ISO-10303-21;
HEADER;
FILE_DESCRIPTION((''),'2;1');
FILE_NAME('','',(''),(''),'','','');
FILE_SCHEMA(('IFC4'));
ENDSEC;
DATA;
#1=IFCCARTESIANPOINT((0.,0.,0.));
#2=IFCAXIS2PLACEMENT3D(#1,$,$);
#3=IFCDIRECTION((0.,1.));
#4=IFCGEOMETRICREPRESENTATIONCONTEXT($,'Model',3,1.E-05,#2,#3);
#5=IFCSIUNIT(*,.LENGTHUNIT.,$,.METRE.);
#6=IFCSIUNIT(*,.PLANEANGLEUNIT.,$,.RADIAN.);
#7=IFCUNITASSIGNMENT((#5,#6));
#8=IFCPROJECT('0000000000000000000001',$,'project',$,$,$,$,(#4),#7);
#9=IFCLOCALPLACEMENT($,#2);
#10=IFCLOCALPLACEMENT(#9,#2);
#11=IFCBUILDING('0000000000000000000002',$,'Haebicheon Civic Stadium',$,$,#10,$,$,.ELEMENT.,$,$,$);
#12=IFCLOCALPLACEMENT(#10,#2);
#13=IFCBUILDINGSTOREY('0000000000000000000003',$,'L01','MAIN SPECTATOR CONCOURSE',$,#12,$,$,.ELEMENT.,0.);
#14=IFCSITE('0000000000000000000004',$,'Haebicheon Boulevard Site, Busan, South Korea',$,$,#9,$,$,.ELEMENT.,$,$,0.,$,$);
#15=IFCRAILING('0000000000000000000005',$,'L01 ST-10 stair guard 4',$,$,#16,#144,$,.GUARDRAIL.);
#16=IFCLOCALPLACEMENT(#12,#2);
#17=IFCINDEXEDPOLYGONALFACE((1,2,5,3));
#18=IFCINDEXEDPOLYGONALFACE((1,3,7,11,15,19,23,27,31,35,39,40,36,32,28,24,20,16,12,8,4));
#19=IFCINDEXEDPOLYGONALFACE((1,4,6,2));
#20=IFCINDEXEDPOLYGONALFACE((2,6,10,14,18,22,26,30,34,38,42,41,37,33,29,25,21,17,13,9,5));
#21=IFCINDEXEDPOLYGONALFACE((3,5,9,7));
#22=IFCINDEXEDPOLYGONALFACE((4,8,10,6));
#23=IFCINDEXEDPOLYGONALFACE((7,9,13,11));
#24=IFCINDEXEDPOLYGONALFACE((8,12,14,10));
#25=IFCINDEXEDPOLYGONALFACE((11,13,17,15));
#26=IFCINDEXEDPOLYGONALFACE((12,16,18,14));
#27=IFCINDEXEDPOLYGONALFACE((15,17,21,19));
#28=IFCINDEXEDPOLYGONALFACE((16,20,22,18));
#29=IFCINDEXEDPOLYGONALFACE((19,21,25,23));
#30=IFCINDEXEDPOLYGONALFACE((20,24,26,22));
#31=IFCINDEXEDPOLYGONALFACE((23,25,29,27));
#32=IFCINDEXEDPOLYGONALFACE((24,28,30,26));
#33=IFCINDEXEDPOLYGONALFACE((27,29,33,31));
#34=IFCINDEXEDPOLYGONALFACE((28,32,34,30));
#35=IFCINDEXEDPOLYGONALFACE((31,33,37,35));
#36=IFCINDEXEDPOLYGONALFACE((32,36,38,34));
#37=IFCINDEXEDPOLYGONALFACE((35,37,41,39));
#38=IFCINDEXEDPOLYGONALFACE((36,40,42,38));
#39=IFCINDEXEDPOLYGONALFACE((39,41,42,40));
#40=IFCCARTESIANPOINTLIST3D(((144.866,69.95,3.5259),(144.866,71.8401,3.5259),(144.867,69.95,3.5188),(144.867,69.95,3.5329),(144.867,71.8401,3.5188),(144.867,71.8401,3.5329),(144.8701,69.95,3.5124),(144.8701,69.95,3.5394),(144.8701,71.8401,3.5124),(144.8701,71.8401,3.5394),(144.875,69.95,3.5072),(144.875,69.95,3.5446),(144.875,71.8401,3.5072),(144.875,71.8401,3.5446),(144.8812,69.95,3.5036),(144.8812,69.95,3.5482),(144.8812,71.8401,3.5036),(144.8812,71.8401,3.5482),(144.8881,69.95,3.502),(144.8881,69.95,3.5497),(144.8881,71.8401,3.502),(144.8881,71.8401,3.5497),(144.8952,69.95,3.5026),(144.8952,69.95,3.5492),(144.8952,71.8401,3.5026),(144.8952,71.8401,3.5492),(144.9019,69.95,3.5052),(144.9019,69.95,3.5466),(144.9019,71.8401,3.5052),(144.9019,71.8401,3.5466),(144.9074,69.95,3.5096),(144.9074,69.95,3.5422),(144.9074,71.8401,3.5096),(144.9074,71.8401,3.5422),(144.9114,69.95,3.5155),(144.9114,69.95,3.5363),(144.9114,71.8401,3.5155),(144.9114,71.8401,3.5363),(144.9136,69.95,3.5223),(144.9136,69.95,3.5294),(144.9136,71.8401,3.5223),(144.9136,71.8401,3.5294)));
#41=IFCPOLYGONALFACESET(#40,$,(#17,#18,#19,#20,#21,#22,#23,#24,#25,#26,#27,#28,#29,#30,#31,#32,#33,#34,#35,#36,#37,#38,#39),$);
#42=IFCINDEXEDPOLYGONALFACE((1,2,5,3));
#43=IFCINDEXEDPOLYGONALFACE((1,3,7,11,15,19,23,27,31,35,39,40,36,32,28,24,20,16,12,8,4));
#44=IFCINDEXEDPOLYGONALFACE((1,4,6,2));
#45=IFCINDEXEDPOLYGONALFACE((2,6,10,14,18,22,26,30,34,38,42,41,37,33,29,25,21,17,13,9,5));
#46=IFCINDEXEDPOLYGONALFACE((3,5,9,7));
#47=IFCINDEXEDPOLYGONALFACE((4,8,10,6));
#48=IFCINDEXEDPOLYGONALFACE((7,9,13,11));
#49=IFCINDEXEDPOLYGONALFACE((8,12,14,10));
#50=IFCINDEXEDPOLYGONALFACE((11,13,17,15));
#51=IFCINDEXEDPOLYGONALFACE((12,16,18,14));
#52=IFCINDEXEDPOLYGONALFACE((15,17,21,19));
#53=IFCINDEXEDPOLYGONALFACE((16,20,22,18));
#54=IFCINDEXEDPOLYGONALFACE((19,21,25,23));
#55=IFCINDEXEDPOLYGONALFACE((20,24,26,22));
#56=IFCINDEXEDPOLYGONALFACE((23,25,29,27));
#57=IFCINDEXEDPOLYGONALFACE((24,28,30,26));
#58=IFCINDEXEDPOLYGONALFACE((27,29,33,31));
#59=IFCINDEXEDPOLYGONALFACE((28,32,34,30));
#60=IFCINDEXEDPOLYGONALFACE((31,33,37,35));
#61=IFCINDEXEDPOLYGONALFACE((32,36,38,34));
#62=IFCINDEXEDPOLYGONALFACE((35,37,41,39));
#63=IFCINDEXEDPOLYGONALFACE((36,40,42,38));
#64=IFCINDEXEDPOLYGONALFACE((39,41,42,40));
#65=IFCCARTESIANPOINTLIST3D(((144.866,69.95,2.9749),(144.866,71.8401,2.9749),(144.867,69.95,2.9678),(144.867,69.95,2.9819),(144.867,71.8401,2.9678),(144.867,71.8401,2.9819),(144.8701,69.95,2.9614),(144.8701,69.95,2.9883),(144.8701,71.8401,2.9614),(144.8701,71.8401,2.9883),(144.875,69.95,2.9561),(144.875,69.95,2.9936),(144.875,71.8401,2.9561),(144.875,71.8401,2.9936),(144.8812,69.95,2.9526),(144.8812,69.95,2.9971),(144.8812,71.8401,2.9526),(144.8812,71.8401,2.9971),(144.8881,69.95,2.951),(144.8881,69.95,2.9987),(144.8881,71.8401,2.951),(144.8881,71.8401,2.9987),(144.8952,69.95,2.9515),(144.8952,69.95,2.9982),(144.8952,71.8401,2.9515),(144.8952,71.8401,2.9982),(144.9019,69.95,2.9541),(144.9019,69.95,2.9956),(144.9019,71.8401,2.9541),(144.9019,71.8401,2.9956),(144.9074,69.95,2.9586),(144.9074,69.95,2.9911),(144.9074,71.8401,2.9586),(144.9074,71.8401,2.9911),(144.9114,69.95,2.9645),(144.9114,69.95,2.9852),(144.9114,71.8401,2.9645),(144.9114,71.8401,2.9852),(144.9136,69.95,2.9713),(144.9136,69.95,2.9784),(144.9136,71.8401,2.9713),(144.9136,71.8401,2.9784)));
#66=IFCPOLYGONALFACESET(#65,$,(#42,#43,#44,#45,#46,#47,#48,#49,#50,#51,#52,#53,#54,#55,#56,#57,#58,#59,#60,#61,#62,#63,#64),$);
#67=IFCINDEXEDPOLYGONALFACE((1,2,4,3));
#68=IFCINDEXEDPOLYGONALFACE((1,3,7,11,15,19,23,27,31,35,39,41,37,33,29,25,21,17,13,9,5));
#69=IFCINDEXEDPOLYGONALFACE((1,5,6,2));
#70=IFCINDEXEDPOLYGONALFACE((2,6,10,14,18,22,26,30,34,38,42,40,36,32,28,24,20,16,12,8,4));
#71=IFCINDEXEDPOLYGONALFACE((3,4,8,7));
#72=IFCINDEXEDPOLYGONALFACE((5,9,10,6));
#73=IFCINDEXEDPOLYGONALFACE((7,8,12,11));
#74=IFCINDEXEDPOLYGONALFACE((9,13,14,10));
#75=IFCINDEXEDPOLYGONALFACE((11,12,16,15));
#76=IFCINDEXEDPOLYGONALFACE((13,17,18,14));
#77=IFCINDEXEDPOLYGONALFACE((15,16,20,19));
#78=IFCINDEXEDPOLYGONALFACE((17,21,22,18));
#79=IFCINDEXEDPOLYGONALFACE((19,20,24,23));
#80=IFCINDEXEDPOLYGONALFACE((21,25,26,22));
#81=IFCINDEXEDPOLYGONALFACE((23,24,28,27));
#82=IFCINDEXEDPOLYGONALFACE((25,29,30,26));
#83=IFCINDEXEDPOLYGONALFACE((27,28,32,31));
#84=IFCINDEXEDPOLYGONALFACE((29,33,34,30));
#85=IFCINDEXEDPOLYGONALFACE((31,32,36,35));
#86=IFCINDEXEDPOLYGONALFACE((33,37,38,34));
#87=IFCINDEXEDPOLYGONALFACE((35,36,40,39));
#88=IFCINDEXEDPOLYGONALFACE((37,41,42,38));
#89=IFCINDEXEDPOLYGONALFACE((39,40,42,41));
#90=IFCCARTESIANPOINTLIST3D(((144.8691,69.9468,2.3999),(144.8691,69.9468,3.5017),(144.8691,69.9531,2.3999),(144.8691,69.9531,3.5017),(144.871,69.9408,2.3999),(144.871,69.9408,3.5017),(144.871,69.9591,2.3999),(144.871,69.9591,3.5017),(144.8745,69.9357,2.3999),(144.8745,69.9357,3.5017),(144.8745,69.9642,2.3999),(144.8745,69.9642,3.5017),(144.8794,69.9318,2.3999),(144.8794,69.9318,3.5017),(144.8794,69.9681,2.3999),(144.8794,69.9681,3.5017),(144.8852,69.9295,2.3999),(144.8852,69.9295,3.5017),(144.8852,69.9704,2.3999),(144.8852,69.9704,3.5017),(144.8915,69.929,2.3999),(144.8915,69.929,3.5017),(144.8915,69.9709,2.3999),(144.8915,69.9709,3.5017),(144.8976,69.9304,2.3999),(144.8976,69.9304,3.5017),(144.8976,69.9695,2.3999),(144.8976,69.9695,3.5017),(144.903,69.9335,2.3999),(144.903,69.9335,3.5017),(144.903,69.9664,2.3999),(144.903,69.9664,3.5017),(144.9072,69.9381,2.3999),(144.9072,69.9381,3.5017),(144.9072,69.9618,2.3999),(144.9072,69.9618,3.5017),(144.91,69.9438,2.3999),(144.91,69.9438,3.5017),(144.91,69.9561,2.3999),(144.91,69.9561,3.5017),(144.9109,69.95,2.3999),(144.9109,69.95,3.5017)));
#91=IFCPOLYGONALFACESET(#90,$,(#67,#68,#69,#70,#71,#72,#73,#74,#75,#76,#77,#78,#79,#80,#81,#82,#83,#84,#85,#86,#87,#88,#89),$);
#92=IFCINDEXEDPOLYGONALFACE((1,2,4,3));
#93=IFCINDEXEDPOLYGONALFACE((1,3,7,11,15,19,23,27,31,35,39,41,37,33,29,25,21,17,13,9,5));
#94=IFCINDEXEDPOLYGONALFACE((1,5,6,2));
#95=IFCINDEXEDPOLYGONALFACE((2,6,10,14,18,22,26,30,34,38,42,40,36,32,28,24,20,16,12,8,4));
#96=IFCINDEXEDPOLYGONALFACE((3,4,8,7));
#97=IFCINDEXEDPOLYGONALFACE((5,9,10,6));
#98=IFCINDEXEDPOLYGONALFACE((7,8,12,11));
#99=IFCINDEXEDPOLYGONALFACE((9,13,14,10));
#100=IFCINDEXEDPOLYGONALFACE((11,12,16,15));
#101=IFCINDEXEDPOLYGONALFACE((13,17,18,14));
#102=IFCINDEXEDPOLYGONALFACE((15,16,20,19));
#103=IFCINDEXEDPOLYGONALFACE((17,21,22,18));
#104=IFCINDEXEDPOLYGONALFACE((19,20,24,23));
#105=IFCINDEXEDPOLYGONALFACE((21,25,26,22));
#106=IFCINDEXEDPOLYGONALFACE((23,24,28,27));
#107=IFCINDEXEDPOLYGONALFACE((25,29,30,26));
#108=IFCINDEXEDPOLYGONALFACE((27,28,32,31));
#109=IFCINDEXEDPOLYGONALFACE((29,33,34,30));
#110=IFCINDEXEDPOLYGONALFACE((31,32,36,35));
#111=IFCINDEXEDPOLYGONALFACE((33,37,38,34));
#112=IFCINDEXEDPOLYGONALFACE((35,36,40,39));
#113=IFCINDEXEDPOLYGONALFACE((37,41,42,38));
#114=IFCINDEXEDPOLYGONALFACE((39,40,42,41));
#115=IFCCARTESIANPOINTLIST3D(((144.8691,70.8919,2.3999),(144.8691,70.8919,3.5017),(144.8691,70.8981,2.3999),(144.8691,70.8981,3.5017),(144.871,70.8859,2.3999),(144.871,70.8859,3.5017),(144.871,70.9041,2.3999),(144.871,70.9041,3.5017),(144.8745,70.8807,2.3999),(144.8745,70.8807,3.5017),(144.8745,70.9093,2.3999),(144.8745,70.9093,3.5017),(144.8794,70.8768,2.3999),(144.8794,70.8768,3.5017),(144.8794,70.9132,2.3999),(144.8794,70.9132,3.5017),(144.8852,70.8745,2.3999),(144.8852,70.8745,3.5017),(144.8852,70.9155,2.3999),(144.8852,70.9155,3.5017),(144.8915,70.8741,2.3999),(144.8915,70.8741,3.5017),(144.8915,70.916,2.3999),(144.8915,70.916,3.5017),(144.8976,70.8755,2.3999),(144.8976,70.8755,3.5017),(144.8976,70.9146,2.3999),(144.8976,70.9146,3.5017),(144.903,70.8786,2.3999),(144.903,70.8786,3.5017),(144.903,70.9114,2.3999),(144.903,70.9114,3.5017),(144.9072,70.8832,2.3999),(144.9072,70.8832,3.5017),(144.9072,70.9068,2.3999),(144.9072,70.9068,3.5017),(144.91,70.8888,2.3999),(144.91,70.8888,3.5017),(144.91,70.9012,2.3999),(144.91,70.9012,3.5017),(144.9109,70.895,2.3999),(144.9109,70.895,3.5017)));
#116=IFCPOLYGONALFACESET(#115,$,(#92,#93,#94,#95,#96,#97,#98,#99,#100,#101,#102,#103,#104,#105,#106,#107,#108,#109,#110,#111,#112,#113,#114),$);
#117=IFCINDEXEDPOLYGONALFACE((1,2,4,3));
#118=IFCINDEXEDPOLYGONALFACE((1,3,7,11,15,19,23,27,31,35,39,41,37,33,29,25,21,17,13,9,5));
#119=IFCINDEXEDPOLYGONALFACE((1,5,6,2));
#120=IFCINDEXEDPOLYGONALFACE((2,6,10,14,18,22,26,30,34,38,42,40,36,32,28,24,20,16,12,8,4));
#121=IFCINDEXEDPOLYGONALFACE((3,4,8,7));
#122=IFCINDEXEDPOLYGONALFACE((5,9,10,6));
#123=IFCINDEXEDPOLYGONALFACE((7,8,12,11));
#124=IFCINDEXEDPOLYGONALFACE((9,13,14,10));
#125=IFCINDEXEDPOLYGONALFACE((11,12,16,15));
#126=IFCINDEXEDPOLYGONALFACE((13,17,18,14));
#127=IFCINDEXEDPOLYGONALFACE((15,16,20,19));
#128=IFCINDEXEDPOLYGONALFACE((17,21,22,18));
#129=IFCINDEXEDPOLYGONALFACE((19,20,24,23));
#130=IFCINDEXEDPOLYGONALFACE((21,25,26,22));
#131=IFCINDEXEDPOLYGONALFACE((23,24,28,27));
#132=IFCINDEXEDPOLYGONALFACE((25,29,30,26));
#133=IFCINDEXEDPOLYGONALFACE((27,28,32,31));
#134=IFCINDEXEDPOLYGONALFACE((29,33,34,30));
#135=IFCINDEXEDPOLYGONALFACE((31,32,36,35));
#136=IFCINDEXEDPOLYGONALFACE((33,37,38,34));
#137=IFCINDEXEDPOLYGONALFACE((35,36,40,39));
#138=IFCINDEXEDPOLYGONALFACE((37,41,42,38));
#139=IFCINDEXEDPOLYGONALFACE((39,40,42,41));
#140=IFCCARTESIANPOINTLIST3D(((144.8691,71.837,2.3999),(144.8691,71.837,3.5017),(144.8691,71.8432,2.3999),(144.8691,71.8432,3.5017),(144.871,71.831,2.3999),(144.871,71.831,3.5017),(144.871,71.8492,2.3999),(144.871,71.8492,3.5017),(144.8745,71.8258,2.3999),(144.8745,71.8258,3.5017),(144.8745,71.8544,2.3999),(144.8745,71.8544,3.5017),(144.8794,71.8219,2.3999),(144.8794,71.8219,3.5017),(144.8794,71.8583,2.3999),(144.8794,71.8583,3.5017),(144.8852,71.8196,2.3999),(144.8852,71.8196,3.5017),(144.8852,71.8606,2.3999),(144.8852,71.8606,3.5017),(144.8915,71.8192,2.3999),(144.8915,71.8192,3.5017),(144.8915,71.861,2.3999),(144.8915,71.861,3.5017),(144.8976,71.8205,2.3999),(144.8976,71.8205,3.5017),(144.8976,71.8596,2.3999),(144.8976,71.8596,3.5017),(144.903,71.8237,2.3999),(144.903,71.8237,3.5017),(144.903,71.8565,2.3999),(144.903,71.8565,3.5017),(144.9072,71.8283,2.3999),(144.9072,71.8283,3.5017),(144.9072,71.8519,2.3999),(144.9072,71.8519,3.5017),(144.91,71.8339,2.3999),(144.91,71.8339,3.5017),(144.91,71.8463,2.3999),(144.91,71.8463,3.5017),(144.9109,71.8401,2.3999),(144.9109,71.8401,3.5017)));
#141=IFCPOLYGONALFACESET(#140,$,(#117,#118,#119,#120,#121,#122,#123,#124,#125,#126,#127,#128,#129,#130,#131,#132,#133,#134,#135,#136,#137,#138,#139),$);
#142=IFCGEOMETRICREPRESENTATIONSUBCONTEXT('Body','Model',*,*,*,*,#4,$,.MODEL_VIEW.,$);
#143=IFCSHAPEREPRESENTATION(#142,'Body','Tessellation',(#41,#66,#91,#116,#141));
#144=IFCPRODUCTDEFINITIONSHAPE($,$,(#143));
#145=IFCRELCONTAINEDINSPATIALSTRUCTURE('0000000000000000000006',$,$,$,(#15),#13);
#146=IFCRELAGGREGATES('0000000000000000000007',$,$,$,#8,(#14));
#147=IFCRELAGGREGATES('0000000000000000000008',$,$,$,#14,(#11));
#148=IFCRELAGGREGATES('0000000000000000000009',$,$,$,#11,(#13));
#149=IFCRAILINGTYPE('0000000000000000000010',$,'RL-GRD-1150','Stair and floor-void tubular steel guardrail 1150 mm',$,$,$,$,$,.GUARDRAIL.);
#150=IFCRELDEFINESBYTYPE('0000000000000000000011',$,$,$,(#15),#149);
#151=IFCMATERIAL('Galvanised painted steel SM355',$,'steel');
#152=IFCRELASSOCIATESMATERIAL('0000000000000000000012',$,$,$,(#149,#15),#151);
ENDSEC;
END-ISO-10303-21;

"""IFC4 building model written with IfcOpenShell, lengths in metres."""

from ifc_helpers import new_model, si_unit, direction, frame, origin, origin_2d, place, context, subcontext, project, spatial, circle, extrude, material, type_object, element, save


model = new_model("IFC4")

# Units and contexts
model_context = context("Model", 3, precision=1e-05, world=origin(), true_north=direction((0.0, 1.0)))
body_context = subcontext(model_context, "Body", "Model", "MODEL_VIEW")
ifc_project = project(units=[si_unit("LENGTHUNIT", "METRE"), si_unit("PLANEANGLEUNIT", "RADIAN")], contexts=[model_context])

# Site, building, storey
site_placement = place(None, origin())
site = spatial("IfcSite", under=ifc_project, at=site_placement, Name="Haebicheon Boulevard Site, Busan, South Korea", CompositionType="ELEMENT", RefElevation=0.0)
building_placement = place(site_placement, origin())
building = spatial("IfcBuilding", under=site, at=building_placement, Name="Haebicheon Civic Stadium", CompositionType="ELEMENT")
storey_placement = place(building_placement, origin())
storey = spatial("IfcBuildingStorey", under=building, at=storey_placement, Name="L01", Description="MAIN SPECTATOR CONCOURSE", CompositionType="ELEMENT", Elevation=0.0)

# Railing
ifc_material_1 = material(Name="Galvanised painted steel SM355", Category="steel")
railing_type_1 = type_object("IfcRailingType", Name="RL-GRD-1150", Description="Stair and floor-void tubular steel guardrail 1150 mm", PredefinedType="GUARDRAIL", material=ifc_material_1)
for number, where, name in (
    (1, (144.8899, 69.95, 2.3999), "L01 ST-10 stair guard 4"),
):
    element("IfcRailing", number, at=place(storey_placement, frame(where)), inside=storey, type_object=railing_type_1, material=ifc_material_1, Name=name, PredefinedType="GUARDRAIL", context=body_context, shape_type="SweptSolid", body=[
        extrude(circle(Radius=0.0239, at=origin_2d()), frame((0.0, 0.0, 1.126), z_axis=(0.0, 1.0, 0.0), x_axis=(-1.0, 0.0, 0.0)), (0.0, 0.0, 1.0), 1.8901),
        extrude(circle(Radius=0.0239, at=origin_2d()), frame((0.0, 0.0, 0.575), z_axis=(0.0, 1.0, 0.0), x_axis=(-1.0, 0.0, 0.0)), (0.0, 0.0, 1.0), 1.8901),
        extrude(circle(Radius=0.021, at=origin_2d()), origin(), (0.0, 0.0, 1.0), 1.1018),
        extrude(circle(Radius=0.021, at=origin_2d()), frame((0.0, 0.9451, 0.0)), (0.0, 0.0, 1.0), 1.1018),
        extrude(circle(Radius=0.021, at=origin_2d()), frame((0.0, 1.8901, 0.0)), (0.0, 0.0, 1.0), 1.1018),
    ])

save(model, "model.ifc")
